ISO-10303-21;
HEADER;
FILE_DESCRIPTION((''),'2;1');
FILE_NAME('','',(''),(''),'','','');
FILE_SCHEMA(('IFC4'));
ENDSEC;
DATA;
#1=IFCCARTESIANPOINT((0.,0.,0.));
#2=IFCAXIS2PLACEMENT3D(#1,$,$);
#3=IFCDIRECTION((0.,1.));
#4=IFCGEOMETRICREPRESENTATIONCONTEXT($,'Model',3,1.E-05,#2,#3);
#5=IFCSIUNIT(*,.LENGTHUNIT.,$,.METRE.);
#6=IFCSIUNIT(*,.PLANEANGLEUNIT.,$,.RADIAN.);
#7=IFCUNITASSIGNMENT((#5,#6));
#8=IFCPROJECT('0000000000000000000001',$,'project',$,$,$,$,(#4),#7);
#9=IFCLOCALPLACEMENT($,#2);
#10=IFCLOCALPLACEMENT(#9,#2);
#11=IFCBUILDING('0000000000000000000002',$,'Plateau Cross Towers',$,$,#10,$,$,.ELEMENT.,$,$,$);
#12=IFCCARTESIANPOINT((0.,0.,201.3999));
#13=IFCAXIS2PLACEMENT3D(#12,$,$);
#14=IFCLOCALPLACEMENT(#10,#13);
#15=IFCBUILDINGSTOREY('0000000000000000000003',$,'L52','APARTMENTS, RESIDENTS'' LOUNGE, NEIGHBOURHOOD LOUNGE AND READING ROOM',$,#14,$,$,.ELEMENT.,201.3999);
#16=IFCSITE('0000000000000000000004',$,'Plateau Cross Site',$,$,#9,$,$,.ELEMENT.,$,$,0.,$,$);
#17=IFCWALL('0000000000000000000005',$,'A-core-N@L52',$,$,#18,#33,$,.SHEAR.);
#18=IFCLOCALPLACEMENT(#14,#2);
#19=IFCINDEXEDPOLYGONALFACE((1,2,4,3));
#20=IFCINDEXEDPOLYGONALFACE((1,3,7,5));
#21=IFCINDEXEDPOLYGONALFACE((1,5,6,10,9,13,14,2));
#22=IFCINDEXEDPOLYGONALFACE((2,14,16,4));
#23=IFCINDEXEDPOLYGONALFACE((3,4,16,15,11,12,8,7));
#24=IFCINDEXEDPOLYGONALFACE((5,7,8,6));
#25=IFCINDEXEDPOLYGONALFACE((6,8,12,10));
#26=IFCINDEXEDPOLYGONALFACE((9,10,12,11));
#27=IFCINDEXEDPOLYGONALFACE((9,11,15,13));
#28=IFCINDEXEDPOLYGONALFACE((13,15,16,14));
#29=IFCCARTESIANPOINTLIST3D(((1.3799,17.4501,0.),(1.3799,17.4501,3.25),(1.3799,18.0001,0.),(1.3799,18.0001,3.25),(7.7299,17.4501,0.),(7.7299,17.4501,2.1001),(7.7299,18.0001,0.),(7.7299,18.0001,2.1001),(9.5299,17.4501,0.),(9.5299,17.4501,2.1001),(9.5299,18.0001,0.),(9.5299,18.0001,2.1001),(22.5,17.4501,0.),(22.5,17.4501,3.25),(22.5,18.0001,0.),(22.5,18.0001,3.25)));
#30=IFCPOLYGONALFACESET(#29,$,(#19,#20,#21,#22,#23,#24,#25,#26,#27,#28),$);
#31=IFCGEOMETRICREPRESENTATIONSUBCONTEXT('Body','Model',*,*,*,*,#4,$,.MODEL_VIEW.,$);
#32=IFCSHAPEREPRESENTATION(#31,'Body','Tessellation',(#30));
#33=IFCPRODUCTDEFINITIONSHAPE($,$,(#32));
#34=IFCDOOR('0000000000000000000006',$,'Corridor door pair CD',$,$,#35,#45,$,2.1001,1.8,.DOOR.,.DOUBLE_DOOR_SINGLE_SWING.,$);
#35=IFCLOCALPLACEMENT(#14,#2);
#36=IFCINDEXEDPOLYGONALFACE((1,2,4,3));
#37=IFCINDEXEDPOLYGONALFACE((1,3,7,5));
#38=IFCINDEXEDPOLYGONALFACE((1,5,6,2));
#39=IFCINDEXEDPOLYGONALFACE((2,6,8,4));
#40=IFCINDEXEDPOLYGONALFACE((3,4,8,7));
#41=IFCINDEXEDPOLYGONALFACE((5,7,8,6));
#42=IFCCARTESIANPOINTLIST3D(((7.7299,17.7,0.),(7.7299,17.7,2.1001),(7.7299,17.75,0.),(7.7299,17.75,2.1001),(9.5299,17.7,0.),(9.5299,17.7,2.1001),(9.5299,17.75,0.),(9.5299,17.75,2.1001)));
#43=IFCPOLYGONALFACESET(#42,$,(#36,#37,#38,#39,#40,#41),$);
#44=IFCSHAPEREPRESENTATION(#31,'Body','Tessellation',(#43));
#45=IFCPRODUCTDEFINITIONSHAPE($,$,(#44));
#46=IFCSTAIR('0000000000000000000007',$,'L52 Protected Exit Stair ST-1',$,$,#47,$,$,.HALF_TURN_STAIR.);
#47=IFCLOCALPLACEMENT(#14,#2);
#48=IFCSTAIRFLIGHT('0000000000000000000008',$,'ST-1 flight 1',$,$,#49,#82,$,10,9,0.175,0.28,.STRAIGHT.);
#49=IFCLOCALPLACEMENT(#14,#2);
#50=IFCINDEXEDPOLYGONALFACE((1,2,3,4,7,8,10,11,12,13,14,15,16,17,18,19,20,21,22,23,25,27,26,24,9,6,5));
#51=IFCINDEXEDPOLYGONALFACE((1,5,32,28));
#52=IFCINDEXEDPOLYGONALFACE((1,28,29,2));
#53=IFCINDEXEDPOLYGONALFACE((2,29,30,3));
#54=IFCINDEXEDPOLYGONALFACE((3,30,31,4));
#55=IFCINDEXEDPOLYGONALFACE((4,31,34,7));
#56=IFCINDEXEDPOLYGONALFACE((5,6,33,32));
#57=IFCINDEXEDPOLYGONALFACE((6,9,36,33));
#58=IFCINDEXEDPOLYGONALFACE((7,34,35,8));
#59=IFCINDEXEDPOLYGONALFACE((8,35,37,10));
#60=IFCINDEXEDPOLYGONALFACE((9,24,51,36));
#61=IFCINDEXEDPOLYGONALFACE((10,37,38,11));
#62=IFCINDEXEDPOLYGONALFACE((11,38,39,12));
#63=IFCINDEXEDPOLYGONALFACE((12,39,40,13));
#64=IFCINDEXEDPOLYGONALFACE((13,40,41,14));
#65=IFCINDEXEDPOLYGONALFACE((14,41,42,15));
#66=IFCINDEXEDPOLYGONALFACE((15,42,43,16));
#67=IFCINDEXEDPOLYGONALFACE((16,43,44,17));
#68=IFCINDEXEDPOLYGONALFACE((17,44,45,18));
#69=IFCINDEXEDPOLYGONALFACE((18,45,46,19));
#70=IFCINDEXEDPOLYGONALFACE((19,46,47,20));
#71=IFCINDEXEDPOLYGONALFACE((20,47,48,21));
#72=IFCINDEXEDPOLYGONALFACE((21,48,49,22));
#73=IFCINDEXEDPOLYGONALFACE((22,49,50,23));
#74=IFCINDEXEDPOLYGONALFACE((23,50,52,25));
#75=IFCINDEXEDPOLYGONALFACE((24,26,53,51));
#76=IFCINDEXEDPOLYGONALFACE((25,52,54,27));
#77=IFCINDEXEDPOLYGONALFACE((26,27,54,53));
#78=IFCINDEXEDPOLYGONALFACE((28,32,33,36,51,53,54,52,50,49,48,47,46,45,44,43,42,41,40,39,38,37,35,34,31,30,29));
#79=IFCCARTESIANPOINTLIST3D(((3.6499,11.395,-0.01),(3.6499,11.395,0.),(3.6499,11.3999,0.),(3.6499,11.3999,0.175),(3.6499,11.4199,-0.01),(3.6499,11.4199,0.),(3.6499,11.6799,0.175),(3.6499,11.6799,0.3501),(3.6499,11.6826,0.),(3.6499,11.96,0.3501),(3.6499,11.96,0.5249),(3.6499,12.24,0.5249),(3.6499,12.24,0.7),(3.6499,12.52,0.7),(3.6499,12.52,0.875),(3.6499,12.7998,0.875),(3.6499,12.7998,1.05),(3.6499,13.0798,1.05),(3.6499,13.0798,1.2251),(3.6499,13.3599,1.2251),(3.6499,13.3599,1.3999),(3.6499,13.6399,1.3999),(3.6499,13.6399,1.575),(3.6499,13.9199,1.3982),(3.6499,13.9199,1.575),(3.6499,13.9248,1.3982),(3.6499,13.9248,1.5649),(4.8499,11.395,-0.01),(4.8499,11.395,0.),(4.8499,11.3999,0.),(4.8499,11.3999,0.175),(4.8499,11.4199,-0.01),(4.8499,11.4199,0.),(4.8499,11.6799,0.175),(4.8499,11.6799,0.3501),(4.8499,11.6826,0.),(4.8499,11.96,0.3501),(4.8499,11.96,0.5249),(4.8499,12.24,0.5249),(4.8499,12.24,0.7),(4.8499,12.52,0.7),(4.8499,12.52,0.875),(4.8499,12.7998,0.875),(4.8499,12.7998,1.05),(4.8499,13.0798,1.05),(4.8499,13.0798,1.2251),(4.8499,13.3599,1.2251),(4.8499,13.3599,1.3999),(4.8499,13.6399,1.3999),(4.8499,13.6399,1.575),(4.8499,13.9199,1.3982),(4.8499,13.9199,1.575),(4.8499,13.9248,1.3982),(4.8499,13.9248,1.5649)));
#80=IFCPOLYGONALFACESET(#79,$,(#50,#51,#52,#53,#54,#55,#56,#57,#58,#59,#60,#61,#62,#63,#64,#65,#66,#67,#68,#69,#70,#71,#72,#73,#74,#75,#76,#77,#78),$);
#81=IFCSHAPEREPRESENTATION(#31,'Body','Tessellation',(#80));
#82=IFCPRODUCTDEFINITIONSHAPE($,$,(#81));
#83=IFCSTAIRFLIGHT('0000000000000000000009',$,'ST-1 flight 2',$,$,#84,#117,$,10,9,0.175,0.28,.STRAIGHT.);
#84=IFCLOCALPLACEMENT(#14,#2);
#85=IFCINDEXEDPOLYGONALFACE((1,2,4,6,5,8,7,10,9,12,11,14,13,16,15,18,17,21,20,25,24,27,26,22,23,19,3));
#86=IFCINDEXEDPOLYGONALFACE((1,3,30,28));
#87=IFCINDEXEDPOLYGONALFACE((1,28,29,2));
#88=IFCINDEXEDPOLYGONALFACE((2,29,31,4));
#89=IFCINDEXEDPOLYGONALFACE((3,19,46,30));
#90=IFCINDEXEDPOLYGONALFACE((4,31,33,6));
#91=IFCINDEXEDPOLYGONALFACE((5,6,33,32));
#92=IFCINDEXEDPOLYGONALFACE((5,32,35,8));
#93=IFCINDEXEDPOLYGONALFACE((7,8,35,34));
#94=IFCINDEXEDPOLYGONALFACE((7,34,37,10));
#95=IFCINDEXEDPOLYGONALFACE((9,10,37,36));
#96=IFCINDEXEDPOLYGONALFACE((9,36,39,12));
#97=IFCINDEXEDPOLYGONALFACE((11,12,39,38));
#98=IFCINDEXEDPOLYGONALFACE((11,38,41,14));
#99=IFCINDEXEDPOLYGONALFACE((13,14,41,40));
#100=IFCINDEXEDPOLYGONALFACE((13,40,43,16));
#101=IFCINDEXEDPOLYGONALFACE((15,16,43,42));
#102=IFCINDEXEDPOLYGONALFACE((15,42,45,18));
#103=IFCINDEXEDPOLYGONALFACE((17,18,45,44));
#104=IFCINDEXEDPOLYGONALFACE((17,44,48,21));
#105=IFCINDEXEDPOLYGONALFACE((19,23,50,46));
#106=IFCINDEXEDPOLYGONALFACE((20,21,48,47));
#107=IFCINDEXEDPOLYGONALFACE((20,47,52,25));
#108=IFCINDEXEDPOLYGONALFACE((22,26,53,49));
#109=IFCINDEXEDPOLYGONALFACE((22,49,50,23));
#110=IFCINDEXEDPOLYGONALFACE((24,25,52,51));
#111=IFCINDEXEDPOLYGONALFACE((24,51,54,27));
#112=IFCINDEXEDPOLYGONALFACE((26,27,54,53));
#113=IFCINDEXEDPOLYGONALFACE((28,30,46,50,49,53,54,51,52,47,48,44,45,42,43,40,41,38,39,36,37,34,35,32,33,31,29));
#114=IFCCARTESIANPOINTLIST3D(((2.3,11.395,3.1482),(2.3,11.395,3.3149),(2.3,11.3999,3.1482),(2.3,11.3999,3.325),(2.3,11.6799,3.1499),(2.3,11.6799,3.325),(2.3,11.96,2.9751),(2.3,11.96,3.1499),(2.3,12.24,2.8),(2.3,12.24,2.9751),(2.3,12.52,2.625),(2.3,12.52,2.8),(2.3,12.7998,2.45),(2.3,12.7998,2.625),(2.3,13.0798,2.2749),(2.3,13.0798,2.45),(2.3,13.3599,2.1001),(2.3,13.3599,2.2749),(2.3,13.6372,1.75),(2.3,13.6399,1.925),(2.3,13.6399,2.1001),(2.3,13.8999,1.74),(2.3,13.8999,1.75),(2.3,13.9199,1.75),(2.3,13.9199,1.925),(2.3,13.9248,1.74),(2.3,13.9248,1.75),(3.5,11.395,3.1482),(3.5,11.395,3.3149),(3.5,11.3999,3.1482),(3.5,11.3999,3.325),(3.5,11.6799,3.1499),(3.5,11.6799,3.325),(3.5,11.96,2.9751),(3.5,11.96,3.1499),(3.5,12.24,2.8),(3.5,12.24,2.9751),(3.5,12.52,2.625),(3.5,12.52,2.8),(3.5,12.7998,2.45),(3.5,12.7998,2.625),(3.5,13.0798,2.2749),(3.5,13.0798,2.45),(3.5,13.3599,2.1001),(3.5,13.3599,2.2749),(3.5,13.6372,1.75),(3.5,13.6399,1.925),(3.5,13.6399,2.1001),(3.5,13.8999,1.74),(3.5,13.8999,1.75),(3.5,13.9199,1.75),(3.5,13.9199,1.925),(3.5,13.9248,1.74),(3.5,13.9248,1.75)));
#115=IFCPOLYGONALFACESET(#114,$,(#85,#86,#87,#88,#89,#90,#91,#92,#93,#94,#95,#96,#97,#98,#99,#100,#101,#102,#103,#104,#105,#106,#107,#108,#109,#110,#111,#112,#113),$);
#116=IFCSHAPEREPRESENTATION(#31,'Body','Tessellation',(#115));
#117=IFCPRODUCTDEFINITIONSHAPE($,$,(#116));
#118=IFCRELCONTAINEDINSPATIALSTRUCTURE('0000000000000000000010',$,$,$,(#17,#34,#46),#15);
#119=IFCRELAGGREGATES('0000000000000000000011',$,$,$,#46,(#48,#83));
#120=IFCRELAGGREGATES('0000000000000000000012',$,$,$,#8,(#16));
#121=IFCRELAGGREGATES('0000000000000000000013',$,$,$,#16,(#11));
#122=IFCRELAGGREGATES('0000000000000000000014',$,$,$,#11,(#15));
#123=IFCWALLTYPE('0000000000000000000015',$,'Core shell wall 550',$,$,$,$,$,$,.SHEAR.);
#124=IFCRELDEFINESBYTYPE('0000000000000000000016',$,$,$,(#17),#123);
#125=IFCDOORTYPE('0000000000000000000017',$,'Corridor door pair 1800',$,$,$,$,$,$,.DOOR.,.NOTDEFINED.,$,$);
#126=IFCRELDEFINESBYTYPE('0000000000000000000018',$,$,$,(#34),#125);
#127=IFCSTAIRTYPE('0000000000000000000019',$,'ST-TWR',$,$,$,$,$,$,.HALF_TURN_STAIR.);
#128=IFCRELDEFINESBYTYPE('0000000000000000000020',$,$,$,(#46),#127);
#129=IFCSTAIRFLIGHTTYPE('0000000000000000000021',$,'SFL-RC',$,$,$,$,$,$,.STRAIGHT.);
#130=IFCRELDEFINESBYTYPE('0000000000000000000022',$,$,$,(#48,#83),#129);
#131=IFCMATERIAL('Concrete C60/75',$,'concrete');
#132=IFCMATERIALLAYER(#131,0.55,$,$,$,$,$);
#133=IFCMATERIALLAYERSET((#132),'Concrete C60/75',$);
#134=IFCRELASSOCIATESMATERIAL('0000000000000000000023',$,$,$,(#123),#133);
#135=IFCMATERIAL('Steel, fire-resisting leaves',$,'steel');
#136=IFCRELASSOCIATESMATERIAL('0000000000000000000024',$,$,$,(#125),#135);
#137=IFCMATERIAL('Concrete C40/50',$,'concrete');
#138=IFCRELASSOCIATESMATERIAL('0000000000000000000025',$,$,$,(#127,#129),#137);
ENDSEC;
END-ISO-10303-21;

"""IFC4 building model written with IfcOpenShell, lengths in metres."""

from ifc_helpers import new_model, si_unit, direction, frame, frame_2d, origin, place, context, subcontext, project, spatial, polyline, rectangle, outline, extrude, material, layer, layer_set, type_object, element, fill, aggregate, save


model = new_model("IFC4")

# Units and contexts
model_context = context("Model", 3, precision=1e-05, world=origin(), true_north=direction((0.0, 1.0)))
body_context = subcontext(model_context, "Body", "Model", "MODEL_VIEW")
ifc_project = project(units=[si_unit("LENGTHUNIT", "METRE"), si_unit("PLANEANGLEUNIT", "RADIAN")], contexts=[model_context])

# Site, building, storey
site_placement = place(None, origin())
site = spatial("IfcSite", under=ifc_project, at=site_placement, Name="Plateau Cross Site", CompositionType="ELEMENT", RefElevation=0.0)
building_placement = place(site_placement, origin())
building = spatial("IfcBuilding", under=site, at=building_placement, Name="Plateau Cross Towers", CompositionType="ELEMENT")
storey_placement = place(building_placement, frame((0.0, 0.0, 201.3999)))
storey = spatial("IfcBuildingStorey", under=building, at=storey_placement, Name="L52", Description="APARTMENTS, RESIDENTS' LOUNGE, NEIGHBOURHOOD LOUNGE AND READING ROOM", CompositionType="ELEMENT", Elevation=201.3999)

# Shared definitions
ifc_material_1 = material(Name="Concrete C60/75", Category="concrete")

# Wall, opening, door
ifc_layer_1 = layer(ifc_material_1, 0.55)
ifc_layer_set_1 = layer_set([ifc_layer_1], Name="Concrete C60/75")
wall_type_1 = type_object("IfcWallType", Name="Core shell wall 550", PredefinedType="SHEAR", material=ifc_layer_set_1)
wall_1_placement = place(storey_placement, frame((1.3799, 17.7251, 0.0), z_axis=(0.0, 0.0, 1.0), x_axis=(1.0, 0.0, 0.0)))
wall_1 = element("IfcWall", 1, at=wall_1_placement, inside=storey, type_object=wall_type_1, Name="A-core-N@L52", PredefinedType="SHEAR", context=body_context, shape_type="SweptSolid", body=[
    extrude(rectangle(XDim=21.1201, YDim=0.55, at=frame_2d((10.5601, 0.0))), origin(), (0.0, 0.0, 1.0), 3.25),
])
opening_1_placement = place(wall_1_placement, frame((6.3501, 0.0, 0.0)))
opening_1 = element("IfcOpeningElement", 2, at=opening_1_placement, cuts=wall_1, PredefinedType="OPENING", context=body_context, shape_type="SweptSolid", body=[
    extrude(rectangle(XDim=1.8, YDim=2.1001, at=frame_2d((0.8999, 1.05))), frame((0.0, 0.2849, 0.0), z_axis=(0.0, -1.0, 0.0), x_axis=(1.0, 0.0, 0.0)), (0.0, 0.0, 1.0), 0.5701),
])
ifc_material_2 = material(Name="Steel, fire-resisting leaves", Category="steel")
door_type_1 = type_object("IfcDoorType", Name="Corridor door pair 1800", OperationType="NOTDEFINED", PredefinedType="DOOR", material=ifc_material_2)
door_1_placement = place(opening_1_placement, origin())
door_1 = element("IfcDoor", 3, at=door_1_placement, inside=storey, type_object=door_type_1, Name="Corridor door pair CD", OperationType="DOUBLE_DOOR_SINGLE_SWING", OverallHeight=2.1001, OverallWidth=1.8, PredefinedType="DOOR", context=body_context, shape_type="SweptSolid", body=[
    extrude(rectangle(XDim=1.8, YDim=2.1001, at=frame_2d((0.8999, 1.05))), frame((0.0, 0.0249, 0.0), z_axis=(0.0, -1.0, 0.0), x_axis=(1.0, 0.0, 0.0)), (0.0, 0.0, 1.0), 0.05),
])
fill(opening_1, door_1)

# Stair, stair flights
ifc_material_3 = material(Name="Concrete C40/50", Category="concrete")
stair_type = type_object("IfcStairType", Name="ST-TWR", PredefinedType="HALF_TURN_STAIR", material=ifc_material_3)
stair_placement = place(storey_placement, origin())
stair = element("IfcStair", 4, at=stair_placement, inside=storey, type_object=stair_type, Name="L52 Protected Exit Stair ST-1", PredefinedType="HALF_TURN_STAIR")
stair_flight_type = type_object("IfcStairFlightType", Name="SFL-RC", PredefinedType="STRAIGHT", material=ifc_material_3)
stair_flight_1_placement = place(storey_placement, frame((4.25, 11.3999, 0.0), z_axis=(0.0, 0.0, 1.0), x_axis=(0.0, 1.0, 0.0)))
stair_flight_1 = element("IfcStairFlight", 5, at=stair_flight_1_placement, type_object=stair_flight_type, Name="ST-1 flight 1", NumberOfRisers=10, NumberOfTreads=9, PredefinedType="STRAIGHT", RiserHeight=0.175, TreadLength=0.28, context=body_context, shape_type="SweptSolid", body=[
    extrude(outline(polyline([(-0.0049, -0.01), (-0.0049, 0.0), (0.0, 0.0), (0.0, 0.175), (0.28, 0.175), (0.28, 0.3501), (0.5601, 0.3501), (0.5601, 0.5249), (0.8401, 0.5249), (0.8401, 0.7), (1.1201, 0.7), (1.1201, 0.875), (1.3999, 0.875), (1.3999, 1.05), (1.6799, 1.05), (1.6799, 1.2251), (1.96, 1.2251), (1.96, 1.3999), (2.24, 1.3999), (2.24, 1.575), (2.52, 1.575), (2.5249, 1.5649), (2.5249, 1.3982), (2.52, 1.3982), (0.2827, 0.0), (0.02, 0.0), (0.02, -0.01), (-0.0049, -0.01)])), frame((0.0, 0.6001, 0.0), z_axis=(0.0, -1.0, 0.0), x_axis=(1.0, 0.0, 0.0)), (0.0, 0.0, 1.0), 1.2),
])
stair_flight_2_placement = place(storey_placement, frame((2.8999, 13.9199, 1.75), z_axis=(0.0, 0.0, 1.0), x_axis=(0.0, -1.0, 0.0)))
stair_flight_2 = element("IfcStairFlight", 6, at=stair_flight_2_placement, type_object=stair_flight_type, Name="ST-1 flight 2", NumberOfRisers=10, NumberOfTreads=9, PredefinedType="STRAIGHT", RiserHeight=0.175, TreadLength=0.28, context=body_context, shape_type="SweptSolid", body=[
    extrude(outline(polyline([(-0.0049, -0.01), (-0.0049, 0.0), (0.0, 0.0), (0.0, 0.175), (0.28, 0.175), (0.28, 0.3501), (0.5601, 0.3501), (0.5601, 0.5249), (0.8401, 0.5249), (0.8401, 0.7), (1.1201, 0.7), (1.1201, 0.875), (1.3999, 0.875), (1.3999, 1.05), (1.6799, 1.05), (1.6799, 1.2251), (1.96, 1.2251), (1.96, 1.3999), (2.24, 1.3999), (2.24, 1.575), (2.52, 1.575), (2.5249, 1.5649), (2.5249, 1.3982), (2.52, 1.3982), (0.2827, 0.0), (0.02, 0.0), (0.02, -0.01), (-0.0049, -0.01)])), frame((0.0, 0.6001, 0.0), z_axis=(0.0, -1.0, 0.0), x_axis=(1.0, 0.0, 0.0)), (0.0, 0.0, 1.0), 1.2),
])
aggregate(stair, [stair_flight_1, stair_flight_2])

save(model, "model.ifc")
